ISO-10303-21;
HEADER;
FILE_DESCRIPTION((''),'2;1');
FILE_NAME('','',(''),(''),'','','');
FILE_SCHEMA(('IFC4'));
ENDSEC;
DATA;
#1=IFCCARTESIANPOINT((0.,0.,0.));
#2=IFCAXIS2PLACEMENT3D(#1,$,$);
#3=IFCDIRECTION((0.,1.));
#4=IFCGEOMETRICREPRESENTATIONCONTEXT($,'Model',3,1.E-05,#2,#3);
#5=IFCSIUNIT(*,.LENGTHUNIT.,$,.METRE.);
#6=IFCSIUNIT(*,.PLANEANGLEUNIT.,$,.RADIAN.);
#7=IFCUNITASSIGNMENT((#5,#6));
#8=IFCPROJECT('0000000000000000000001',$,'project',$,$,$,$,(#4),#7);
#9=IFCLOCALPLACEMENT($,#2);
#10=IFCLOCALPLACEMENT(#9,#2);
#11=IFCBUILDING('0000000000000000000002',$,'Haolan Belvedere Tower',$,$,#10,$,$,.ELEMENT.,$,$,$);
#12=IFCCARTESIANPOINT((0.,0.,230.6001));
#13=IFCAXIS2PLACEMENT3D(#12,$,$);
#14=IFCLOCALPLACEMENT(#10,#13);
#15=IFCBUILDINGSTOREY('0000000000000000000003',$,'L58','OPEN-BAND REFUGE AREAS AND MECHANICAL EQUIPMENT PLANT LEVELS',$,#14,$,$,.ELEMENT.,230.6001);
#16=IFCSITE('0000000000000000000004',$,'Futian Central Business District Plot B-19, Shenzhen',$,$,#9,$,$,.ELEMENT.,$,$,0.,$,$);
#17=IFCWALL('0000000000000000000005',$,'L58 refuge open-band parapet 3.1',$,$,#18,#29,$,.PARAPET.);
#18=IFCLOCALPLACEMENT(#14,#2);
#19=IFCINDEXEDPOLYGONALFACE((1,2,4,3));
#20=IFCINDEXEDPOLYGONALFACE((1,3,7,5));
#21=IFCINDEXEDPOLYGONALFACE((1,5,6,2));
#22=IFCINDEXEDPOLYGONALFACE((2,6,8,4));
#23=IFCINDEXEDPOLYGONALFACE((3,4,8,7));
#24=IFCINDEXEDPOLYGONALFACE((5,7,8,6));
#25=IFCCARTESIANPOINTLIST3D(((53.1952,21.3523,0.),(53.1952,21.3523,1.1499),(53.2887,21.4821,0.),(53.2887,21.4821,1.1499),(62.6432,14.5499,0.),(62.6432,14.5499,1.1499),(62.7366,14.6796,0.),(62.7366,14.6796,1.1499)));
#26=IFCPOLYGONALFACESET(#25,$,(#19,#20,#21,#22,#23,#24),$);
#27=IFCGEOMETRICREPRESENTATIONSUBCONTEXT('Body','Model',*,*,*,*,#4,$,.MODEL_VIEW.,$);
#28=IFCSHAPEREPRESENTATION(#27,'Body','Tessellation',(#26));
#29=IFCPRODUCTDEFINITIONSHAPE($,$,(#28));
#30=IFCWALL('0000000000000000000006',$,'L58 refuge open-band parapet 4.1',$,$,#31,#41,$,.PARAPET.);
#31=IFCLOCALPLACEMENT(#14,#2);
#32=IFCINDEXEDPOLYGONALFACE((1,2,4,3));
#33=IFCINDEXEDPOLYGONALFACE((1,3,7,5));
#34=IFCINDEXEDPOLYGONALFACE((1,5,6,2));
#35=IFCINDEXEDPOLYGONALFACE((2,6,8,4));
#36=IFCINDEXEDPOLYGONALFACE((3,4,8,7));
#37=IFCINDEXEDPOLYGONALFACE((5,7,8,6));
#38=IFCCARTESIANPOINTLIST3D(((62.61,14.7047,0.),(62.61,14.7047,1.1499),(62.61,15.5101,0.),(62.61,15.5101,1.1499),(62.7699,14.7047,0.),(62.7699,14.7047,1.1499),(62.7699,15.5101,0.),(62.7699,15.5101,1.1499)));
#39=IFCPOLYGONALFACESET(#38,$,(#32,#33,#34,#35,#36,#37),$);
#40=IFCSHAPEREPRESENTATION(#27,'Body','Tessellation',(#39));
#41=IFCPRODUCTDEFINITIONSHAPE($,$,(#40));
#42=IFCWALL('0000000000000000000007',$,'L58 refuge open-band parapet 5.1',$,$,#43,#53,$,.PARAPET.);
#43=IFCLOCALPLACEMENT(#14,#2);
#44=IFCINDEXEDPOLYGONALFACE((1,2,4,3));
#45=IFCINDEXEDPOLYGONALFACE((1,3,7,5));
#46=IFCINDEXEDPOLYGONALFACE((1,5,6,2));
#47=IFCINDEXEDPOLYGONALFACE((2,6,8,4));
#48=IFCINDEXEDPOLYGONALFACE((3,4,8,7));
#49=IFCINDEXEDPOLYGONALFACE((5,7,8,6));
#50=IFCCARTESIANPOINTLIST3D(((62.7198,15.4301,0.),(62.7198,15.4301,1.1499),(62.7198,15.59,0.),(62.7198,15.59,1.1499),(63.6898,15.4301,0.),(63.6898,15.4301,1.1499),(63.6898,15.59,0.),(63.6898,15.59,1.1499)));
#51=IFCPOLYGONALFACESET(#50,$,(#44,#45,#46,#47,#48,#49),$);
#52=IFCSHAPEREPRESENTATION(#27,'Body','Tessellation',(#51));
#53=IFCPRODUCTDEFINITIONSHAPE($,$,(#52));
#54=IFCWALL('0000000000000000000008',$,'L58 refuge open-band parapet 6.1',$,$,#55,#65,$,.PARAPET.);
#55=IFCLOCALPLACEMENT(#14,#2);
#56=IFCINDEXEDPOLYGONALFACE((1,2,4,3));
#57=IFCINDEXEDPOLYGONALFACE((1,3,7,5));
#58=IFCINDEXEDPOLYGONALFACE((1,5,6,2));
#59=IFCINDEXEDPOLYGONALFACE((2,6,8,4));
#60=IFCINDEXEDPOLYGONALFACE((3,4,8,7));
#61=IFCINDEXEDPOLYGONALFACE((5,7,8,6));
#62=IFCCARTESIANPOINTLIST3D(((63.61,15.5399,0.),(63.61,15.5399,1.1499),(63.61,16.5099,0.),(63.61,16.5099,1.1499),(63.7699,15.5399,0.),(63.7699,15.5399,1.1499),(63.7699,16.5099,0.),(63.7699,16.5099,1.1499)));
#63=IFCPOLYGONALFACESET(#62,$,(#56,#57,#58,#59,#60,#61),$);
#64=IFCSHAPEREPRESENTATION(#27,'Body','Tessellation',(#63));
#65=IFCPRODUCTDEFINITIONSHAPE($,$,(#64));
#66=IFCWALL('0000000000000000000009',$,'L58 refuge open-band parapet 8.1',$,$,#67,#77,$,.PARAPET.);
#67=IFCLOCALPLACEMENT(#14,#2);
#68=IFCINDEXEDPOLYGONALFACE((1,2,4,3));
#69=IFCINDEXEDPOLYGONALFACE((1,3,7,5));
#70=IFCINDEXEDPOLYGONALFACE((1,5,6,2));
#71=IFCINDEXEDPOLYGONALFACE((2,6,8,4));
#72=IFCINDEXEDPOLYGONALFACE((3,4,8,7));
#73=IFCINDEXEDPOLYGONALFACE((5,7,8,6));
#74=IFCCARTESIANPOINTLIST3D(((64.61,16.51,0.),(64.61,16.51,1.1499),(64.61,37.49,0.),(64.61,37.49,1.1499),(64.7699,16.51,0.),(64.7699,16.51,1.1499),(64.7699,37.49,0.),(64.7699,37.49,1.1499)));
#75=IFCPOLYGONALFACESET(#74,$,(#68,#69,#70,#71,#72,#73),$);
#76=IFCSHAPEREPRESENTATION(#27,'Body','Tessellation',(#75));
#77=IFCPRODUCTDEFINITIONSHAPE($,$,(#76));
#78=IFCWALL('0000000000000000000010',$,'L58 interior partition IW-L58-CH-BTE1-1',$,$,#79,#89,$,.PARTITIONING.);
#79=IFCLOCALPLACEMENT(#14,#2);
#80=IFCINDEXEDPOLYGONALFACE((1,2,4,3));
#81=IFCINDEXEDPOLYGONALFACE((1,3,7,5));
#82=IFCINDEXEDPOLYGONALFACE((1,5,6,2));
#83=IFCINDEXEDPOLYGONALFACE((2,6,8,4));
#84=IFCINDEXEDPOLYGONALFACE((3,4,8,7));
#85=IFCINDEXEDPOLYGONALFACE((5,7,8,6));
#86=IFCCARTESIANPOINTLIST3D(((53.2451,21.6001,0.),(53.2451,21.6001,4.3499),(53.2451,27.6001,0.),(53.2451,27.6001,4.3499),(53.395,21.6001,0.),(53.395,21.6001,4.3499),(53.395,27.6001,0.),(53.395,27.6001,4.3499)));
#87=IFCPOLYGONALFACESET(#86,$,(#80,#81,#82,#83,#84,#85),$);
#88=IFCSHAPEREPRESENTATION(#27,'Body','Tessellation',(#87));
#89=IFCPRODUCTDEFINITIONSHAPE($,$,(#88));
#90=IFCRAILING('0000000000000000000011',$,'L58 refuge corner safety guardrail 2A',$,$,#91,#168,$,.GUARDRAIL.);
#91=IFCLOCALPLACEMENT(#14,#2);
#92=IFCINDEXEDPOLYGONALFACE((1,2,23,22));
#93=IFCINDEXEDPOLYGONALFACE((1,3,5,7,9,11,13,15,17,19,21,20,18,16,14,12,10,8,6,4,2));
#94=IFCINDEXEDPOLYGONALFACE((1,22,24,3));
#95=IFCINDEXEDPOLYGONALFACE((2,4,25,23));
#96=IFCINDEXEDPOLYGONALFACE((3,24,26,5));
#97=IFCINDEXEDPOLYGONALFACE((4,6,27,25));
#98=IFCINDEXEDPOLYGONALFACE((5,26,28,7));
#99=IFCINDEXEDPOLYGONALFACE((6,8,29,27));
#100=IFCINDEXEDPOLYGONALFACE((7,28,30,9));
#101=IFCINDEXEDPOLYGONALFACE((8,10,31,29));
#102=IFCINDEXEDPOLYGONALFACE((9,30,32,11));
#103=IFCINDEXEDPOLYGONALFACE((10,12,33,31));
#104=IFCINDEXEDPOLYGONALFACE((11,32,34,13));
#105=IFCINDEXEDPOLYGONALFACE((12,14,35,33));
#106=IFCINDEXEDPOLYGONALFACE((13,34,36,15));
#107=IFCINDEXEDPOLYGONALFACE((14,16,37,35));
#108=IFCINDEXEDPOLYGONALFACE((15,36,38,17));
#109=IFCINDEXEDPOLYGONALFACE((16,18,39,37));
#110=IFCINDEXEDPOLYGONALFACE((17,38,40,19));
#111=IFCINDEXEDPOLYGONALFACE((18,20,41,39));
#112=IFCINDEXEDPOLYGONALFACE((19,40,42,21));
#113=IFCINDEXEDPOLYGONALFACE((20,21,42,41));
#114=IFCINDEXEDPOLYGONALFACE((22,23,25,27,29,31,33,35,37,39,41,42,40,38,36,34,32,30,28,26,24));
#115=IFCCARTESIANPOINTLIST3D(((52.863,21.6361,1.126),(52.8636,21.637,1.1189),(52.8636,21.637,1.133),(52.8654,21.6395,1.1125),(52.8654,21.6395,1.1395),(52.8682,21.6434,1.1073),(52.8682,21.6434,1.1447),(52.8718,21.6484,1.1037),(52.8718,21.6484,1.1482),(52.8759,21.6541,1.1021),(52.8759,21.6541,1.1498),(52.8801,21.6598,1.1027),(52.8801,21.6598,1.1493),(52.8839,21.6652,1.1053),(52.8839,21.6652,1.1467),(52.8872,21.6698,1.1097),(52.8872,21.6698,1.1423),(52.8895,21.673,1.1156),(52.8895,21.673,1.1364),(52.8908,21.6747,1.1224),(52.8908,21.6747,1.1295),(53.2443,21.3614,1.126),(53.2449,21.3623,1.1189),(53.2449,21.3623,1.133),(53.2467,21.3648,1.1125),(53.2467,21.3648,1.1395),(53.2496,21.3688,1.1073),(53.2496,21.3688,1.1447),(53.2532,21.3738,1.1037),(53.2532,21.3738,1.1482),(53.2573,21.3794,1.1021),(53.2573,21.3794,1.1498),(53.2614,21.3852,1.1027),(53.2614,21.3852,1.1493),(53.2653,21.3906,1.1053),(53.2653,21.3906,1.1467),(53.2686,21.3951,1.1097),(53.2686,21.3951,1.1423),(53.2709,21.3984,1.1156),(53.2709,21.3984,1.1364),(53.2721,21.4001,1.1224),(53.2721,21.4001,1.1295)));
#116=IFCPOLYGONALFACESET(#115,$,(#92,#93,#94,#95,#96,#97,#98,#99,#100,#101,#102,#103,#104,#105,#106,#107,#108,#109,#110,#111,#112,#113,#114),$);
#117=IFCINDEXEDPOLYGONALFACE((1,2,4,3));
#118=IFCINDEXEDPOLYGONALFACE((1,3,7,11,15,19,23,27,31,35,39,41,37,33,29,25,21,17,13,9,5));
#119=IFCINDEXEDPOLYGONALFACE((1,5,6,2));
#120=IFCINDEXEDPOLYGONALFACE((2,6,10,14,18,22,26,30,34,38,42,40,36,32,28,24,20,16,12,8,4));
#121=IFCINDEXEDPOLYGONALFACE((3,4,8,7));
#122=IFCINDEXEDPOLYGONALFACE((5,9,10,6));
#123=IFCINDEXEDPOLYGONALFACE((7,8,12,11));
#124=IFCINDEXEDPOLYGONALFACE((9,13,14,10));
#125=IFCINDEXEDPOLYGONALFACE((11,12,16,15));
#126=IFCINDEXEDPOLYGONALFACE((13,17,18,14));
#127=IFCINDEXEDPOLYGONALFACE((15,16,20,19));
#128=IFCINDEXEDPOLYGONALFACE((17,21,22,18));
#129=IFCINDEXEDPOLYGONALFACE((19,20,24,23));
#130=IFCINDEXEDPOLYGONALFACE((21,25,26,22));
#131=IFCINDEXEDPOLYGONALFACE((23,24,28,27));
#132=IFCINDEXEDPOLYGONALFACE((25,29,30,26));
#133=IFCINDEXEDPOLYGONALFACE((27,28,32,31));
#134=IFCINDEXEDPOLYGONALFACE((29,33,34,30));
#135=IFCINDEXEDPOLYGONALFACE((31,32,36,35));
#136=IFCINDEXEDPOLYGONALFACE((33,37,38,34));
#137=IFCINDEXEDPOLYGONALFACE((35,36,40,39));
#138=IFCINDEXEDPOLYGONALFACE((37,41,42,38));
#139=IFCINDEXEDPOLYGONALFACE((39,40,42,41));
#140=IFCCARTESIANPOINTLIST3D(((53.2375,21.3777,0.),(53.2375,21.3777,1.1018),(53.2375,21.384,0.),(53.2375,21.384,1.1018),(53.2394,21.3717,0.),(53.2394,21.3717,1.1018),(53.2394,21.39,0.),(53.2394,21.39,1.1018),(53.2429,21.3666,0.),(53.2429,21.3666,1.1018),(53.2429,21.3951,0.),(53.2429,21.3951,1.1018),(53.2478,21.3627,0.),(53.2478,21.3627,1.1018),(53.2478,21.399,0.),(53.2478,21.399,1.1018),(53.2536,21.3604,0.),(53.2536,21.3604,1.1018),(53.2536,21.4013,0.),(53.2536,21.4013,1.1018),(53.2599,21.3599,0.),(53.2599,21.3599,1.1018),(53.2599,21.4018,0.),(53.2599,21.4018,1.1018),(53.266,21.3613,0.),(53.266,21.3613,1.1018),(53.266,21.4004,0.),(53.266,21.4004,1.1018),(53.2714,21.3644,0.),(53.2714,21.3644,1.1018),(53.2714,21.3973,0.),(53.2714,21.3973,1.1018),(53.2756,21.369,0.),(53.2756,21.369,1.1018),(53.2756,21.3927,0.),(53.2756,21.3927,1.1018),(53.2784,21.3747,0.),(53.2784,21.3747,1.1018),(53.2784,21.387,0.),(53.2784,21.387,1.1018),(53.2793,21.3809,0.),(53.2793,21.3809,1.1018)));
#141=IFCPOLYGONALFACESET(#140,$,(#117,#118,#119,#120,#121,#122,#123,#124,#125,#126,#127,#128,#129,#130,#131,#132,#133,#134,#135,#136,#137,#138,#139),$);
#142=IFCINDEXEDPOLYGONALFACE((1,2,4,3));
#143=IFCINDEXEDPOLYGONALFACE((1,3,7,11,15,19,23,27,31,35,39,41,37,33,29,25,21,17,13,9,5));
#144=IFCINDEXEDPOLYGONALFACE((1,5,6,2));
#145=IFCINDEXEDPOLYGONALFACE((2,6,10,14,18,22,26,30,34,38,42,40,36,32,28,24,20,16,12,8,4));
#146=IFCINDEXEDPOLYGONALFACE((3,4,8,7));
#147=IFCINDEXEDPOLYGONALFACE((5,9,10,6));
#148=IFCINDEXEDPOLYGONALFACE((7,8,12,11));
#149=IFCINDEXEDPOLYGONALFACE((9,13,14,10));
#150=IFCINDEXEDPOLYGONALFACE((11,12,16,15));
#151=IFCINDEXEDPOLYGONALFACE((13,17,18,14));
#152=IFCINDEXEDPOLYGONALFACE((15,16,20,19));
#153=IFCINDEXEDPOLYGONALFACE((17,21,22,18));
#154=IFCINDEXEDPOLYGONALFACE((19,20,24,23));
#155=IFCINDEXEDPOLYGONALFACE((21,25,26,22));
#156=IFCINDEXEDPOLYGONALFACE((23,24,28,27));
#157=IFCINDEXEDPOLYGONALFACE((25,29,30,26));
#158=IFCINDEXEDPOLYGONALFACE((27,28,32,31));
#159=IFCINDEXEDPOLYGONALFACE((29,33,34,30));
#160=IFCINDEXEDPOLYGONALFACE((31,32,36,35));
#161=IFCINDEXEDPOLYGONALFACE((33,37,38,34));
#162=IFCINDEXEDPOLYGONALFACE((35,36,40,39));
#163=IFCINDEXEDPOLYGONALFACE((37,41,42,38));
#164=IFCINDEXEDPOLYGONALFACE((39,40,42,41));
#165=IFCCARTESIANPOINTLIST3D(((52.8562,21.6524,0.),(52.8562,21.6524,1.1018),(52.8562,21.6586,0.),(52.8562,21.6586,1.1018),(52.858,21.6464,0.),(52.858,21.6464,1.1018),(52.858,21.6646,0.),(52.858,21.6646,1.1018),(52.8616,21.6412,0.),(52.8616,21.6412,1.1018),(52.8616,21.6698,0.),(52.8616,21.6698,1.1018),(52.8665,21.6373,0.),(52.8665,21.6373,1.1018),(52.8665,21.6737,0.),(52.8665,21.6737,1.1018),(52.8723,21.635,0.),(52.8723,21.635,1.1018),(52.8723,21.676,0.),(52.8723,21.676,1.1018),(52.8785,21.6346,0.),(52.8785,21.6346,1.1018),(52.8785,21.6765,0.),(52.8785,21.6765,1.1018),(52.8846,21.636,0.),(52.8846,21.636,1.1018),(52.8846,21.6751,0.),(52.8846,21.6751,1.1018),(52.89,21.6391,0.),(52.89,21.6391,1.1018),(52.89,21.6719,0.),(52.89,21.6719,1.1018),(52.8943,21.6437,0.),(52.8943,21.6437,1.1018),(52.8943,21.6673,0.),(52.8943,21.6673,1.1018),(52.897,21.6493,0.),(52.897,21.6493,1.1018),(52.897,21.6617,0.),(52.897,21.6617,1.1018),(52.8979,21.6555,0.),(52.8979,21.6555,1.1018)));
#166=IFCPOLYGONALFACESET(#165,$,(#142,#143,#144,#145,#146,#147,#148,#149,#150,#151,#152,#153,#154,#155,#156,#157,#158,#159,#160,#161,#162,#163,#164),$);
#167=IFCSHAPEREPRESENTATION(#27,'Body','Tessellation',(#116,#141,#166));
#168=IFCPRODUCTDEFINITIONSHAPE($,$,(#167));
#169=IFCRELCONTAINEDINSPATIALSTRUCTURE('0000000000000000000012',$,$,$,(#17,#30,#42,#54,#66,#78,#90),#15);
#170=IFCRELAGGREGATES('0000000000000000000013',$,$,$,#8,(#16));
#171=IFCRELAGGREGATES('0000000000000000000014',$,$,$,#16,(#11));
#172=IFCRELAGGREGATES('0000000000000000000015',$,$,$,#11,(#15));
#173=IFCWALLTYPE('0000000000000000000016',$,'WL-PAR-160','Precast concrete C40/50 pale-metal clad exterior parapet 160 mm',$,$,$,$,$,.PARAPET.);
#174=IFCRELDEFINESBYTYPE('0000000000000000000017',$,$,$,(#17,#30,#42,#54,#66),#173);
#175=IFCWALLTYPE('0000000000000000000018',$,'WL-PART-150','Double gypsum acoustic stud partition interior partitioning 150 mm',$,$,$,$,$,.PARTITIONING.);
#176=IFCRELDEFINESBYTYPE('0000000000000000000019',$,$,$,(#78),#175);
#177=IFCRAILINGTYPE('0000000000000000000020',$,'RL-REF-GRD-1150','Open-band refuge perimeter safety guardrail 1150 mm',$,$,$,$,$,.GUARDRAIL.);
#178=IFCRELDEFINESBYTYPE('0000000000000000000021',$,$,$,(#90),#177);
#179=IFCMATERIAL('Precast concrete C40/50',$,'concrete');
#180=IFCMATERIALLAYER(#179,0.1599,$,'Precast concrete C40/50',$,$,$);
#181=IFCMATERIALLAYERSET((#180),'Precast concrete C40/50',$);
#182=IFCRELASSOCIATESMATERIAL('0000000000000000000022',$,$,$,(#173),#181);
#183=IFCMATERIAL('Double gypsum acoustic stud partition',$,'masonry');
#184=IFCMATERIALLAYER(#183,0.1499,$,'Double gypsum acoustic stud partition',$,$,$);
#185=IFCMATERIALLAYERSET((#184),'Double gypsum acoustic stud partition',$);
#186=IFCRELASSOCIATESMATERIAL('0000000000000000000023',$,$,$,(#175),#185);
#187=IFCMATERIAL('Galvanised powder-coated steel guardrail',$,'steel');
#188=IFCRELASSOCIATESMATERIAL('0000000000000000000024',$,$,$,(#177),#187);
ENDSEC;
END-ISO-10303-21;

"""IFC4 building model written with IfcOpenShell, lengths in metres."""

from ifc_helpers import new_model, si_unit, direction, frame, frame_2d, origin, origin_2d, place, context, subcontext, project, spatial, rectangle, circle, extrude, material, layer, layer_set, type_object, element, save


model = new_model("IFC4")

# Units and contexts
model_context = context("Model", 3, precision=1e-05, world=origin(), true_north=direction((0.0, 1.0)))
body_context = subcontext(model_context, "Body", "Model", "MODEL_VIEW")
ifc_project = project(units=[si_unit("LENGTHUNIT", "METRE"), si_unit("PLANEANGLEUNIT", "RADIAN")], contexts=[model_context])

# Site, building, storey
site_placement = place(None, origin())
site = spatial("IfcSite", under=ifc_project, at=site_placement, Name="Futian Central Business District Plot B-19, Shenzhen", CompositionType="ELEMENT", RefElevation=0.0)
building_placement = place(site_placement, origin())
building = spatial("IfcBuilding", under=site, at=building_placement, Name="Haolan Belvedere Tower", CompositionType="ELEMENT")
storey_placement = place(building_placement, frame((0.0, 0.0, 230.6001)))
storey = spatial("IfcBuildingStorey", under=building, at=storey_placement, Name="L58", Description="OPEN-BAND REFUGE AREAS AND MECHANICAL EQUIPMENT PLANT LEVELS", CompositionType="ELEMENT", Elevation=230.6001)

# Walls
ifc_material_1 = material(Name="Precast concrete C40/50", Category="concrete")
ifc_layer_1 = layer(ifc_material_1, 0.1599, Name="Precast concrete C40/50")
ifc_layer_set_1 = layer_set([ifc_layer_1], Name="Precast concrete C40/50")
wall_type_1 = type_object("IfcWallType", Name="WL-PAR-160", Description="Precast concrete C40/50 pale-metal clad exterior parapet 160 mm", PredefinedType="PARAPET", material=ifc_layer_set_1)
wall_1_placement = place(storey_placement, frame((53.2419, 21.4172, 0.0), z_axis=(0.0, 0.0, 1.0), x_axis=(0.811537, -0.584301, 0.0)))
element("IfcWall", 1, at=wall_1_placement, inside=storey, type_object=wall_type_1, Name="L58 refuge open-band parapet 3.1", PredefinedType="PARAPET", context=body_context, shape_type="SweptSolid", body=[
    extrude(rectangle(XDim=11.6421, YDim=0.1599, at=frame_2d((5.821, 0.0))), origin(), (0.0, 0.0, 1.0), 1.1499),
])
wall_2_placement = place(storey_placement, frame((62.6899, 14.7046, 0.0), z_axis=(0.0, 0.0, 1.0), x_axis=(0.0, 1.0, 0.0)))
element("IfcWall", 2, at=wall_2_placement, inside=storey, type_object=wall_type_1, Name="L58 refuge open-band parapet 4.1", PredefinedType="PARAPET", context=body_context, shape_type="SweptSolid", body=[
    extrude(rectangle(XDim=0.8054, YDim=0.1599, at=frame_2d((0.4028, 0.0))), origin(), (0.0, 0.0, 1.0), 1.1499),
])
for number, where, z_axis, x_axis, name in (
    (3, (62.72, 15.51, 0.0), (0.0, 0.0, 1.0), (1.0, 0.0, 0.0), "L58 refuge open-band parapet 5.1"),
    (4, (63.6899, 15.54, 0.0), (0.0, 0.0, 1.0), (0.0, 1.0, 0.0), "L58 refuge open-band parapet 6.1"),
):
    element("IfcWall", number, at=place(storey_placement, frame(where, z_axis=z_axis, x_axis=x_axis)), inside=storey, type_object=wall_type_1, Name=name, PredefinedType="PARAPET", context=body_context, shape_type="SweptSolid", body=[
        extrude(rectangle(XDim=0.97, YDim=0.1599, at=frame_2d((0.4849, 0.0))), origin(), (0.0, 0.0, 1.0), 1.1499),
    ])
wall_3_placement = place(storey_placement, frame((64.6899, 16.51, 0.0), z_axis=(0.0, 0.0, 1.0), x_axis=(0.0, 1.0, 0.0)))
element("IfcWall", 5, at=wall_3_placement, inside=storey, type_object=wall_type_1, Name="L58 refuge open-band parapet 8.1", PredefinedType="PARAPET", context=body_context, shape_type="SweptSolid", body=[
    extrude(rectangle(XDim=20.98, YDim=0.1599, at=frame_2d((10.49, 0.0))), origin(), (0.0, 0.0, 1.0), 1.1499),
])
ifc_material_2 = material(Name="Double gypsum acoustic stud partition", Category="masonry")
ifc_layer_2 = layer(ifc_material_2, 0.1499, Name="Double gypsum acoustic stud partition")
ifc_layer_set_2 = layer_set([ifc_layer_2], Name="Double gypsum acoustic stud partition")
wall_type_2 = type_object("IfcWallType", Name="WL-PART-150", Description="Double gypsum acoustic stud partition interior partitioning 150 mm", PredefinedType="PARTITIONING", material=ifc_layer_set_2)
wall_4_placement = place(storey_placement, frame((53.3201, 21.6001, 0.0), z_axis=(0.0, 0.0, 1.0), x_axis=(0.0, 1.0, 0.0)))
element("IfcWall", 6, at=wall_4_placement, inside=storey, type_object=wall_type_2, Name="L58 interior partition IW-L58-CH-BTE1-1", PredefinedType="PARTITIONING", context=body_context, shape_type="SweptSolid", body=[
    extrude(rectangle(XDim=6.0, YDim=0.1499, at=frame_2d((3.0, 0.0))), origin(), (0.0, 0.0, 1.0), 4.3499),
])

# Railing
ifc_material_3 = material(Name="Galvanised powder-coated steel guardrail", Category="steel")
railing_type = type_object("IfcRailingType", Name="RL-REF-GRD-1150", Description="Open-band refuge perimeter safety guardrail 1150 mm", PredefinedType="GUARDRAIL", material=ifc_material_3)
railing_1_placement = place(storey_placement, frame((53.2583, 21.3809, 0.0)))
element("IfcRailing", 7, at=railing_1_placement, inside=storey, type_object=railing_type, Name="L58 refuge corner safety guardrail 2A", PredefinedType="GUARDRAIL", context=body_context, shape_type="SweptSolid", body=[
    extrude(circle(Radius=0.0239, at=origin_2d()), frame((0.0, 0.0, 1.126), z_axis=(-0.811446, 0.584428, 0.0), x_axis=(-0.584428, -0.811446, 0.0)), (0.0, 0.0, 1.0), 0.47),
    extrude(circle(Radius=0.021, at=origin_2d()), origin(), (0.0, 0.0, 1.0), 1.1018),
    extrude(circle(Radius=0.021, at=origin_2d()), frame((-0.3813, 0.2747, 0.0)), (0.0, 0.0, 1.0), 1.1018),
])

save(model, "model.ifc")
